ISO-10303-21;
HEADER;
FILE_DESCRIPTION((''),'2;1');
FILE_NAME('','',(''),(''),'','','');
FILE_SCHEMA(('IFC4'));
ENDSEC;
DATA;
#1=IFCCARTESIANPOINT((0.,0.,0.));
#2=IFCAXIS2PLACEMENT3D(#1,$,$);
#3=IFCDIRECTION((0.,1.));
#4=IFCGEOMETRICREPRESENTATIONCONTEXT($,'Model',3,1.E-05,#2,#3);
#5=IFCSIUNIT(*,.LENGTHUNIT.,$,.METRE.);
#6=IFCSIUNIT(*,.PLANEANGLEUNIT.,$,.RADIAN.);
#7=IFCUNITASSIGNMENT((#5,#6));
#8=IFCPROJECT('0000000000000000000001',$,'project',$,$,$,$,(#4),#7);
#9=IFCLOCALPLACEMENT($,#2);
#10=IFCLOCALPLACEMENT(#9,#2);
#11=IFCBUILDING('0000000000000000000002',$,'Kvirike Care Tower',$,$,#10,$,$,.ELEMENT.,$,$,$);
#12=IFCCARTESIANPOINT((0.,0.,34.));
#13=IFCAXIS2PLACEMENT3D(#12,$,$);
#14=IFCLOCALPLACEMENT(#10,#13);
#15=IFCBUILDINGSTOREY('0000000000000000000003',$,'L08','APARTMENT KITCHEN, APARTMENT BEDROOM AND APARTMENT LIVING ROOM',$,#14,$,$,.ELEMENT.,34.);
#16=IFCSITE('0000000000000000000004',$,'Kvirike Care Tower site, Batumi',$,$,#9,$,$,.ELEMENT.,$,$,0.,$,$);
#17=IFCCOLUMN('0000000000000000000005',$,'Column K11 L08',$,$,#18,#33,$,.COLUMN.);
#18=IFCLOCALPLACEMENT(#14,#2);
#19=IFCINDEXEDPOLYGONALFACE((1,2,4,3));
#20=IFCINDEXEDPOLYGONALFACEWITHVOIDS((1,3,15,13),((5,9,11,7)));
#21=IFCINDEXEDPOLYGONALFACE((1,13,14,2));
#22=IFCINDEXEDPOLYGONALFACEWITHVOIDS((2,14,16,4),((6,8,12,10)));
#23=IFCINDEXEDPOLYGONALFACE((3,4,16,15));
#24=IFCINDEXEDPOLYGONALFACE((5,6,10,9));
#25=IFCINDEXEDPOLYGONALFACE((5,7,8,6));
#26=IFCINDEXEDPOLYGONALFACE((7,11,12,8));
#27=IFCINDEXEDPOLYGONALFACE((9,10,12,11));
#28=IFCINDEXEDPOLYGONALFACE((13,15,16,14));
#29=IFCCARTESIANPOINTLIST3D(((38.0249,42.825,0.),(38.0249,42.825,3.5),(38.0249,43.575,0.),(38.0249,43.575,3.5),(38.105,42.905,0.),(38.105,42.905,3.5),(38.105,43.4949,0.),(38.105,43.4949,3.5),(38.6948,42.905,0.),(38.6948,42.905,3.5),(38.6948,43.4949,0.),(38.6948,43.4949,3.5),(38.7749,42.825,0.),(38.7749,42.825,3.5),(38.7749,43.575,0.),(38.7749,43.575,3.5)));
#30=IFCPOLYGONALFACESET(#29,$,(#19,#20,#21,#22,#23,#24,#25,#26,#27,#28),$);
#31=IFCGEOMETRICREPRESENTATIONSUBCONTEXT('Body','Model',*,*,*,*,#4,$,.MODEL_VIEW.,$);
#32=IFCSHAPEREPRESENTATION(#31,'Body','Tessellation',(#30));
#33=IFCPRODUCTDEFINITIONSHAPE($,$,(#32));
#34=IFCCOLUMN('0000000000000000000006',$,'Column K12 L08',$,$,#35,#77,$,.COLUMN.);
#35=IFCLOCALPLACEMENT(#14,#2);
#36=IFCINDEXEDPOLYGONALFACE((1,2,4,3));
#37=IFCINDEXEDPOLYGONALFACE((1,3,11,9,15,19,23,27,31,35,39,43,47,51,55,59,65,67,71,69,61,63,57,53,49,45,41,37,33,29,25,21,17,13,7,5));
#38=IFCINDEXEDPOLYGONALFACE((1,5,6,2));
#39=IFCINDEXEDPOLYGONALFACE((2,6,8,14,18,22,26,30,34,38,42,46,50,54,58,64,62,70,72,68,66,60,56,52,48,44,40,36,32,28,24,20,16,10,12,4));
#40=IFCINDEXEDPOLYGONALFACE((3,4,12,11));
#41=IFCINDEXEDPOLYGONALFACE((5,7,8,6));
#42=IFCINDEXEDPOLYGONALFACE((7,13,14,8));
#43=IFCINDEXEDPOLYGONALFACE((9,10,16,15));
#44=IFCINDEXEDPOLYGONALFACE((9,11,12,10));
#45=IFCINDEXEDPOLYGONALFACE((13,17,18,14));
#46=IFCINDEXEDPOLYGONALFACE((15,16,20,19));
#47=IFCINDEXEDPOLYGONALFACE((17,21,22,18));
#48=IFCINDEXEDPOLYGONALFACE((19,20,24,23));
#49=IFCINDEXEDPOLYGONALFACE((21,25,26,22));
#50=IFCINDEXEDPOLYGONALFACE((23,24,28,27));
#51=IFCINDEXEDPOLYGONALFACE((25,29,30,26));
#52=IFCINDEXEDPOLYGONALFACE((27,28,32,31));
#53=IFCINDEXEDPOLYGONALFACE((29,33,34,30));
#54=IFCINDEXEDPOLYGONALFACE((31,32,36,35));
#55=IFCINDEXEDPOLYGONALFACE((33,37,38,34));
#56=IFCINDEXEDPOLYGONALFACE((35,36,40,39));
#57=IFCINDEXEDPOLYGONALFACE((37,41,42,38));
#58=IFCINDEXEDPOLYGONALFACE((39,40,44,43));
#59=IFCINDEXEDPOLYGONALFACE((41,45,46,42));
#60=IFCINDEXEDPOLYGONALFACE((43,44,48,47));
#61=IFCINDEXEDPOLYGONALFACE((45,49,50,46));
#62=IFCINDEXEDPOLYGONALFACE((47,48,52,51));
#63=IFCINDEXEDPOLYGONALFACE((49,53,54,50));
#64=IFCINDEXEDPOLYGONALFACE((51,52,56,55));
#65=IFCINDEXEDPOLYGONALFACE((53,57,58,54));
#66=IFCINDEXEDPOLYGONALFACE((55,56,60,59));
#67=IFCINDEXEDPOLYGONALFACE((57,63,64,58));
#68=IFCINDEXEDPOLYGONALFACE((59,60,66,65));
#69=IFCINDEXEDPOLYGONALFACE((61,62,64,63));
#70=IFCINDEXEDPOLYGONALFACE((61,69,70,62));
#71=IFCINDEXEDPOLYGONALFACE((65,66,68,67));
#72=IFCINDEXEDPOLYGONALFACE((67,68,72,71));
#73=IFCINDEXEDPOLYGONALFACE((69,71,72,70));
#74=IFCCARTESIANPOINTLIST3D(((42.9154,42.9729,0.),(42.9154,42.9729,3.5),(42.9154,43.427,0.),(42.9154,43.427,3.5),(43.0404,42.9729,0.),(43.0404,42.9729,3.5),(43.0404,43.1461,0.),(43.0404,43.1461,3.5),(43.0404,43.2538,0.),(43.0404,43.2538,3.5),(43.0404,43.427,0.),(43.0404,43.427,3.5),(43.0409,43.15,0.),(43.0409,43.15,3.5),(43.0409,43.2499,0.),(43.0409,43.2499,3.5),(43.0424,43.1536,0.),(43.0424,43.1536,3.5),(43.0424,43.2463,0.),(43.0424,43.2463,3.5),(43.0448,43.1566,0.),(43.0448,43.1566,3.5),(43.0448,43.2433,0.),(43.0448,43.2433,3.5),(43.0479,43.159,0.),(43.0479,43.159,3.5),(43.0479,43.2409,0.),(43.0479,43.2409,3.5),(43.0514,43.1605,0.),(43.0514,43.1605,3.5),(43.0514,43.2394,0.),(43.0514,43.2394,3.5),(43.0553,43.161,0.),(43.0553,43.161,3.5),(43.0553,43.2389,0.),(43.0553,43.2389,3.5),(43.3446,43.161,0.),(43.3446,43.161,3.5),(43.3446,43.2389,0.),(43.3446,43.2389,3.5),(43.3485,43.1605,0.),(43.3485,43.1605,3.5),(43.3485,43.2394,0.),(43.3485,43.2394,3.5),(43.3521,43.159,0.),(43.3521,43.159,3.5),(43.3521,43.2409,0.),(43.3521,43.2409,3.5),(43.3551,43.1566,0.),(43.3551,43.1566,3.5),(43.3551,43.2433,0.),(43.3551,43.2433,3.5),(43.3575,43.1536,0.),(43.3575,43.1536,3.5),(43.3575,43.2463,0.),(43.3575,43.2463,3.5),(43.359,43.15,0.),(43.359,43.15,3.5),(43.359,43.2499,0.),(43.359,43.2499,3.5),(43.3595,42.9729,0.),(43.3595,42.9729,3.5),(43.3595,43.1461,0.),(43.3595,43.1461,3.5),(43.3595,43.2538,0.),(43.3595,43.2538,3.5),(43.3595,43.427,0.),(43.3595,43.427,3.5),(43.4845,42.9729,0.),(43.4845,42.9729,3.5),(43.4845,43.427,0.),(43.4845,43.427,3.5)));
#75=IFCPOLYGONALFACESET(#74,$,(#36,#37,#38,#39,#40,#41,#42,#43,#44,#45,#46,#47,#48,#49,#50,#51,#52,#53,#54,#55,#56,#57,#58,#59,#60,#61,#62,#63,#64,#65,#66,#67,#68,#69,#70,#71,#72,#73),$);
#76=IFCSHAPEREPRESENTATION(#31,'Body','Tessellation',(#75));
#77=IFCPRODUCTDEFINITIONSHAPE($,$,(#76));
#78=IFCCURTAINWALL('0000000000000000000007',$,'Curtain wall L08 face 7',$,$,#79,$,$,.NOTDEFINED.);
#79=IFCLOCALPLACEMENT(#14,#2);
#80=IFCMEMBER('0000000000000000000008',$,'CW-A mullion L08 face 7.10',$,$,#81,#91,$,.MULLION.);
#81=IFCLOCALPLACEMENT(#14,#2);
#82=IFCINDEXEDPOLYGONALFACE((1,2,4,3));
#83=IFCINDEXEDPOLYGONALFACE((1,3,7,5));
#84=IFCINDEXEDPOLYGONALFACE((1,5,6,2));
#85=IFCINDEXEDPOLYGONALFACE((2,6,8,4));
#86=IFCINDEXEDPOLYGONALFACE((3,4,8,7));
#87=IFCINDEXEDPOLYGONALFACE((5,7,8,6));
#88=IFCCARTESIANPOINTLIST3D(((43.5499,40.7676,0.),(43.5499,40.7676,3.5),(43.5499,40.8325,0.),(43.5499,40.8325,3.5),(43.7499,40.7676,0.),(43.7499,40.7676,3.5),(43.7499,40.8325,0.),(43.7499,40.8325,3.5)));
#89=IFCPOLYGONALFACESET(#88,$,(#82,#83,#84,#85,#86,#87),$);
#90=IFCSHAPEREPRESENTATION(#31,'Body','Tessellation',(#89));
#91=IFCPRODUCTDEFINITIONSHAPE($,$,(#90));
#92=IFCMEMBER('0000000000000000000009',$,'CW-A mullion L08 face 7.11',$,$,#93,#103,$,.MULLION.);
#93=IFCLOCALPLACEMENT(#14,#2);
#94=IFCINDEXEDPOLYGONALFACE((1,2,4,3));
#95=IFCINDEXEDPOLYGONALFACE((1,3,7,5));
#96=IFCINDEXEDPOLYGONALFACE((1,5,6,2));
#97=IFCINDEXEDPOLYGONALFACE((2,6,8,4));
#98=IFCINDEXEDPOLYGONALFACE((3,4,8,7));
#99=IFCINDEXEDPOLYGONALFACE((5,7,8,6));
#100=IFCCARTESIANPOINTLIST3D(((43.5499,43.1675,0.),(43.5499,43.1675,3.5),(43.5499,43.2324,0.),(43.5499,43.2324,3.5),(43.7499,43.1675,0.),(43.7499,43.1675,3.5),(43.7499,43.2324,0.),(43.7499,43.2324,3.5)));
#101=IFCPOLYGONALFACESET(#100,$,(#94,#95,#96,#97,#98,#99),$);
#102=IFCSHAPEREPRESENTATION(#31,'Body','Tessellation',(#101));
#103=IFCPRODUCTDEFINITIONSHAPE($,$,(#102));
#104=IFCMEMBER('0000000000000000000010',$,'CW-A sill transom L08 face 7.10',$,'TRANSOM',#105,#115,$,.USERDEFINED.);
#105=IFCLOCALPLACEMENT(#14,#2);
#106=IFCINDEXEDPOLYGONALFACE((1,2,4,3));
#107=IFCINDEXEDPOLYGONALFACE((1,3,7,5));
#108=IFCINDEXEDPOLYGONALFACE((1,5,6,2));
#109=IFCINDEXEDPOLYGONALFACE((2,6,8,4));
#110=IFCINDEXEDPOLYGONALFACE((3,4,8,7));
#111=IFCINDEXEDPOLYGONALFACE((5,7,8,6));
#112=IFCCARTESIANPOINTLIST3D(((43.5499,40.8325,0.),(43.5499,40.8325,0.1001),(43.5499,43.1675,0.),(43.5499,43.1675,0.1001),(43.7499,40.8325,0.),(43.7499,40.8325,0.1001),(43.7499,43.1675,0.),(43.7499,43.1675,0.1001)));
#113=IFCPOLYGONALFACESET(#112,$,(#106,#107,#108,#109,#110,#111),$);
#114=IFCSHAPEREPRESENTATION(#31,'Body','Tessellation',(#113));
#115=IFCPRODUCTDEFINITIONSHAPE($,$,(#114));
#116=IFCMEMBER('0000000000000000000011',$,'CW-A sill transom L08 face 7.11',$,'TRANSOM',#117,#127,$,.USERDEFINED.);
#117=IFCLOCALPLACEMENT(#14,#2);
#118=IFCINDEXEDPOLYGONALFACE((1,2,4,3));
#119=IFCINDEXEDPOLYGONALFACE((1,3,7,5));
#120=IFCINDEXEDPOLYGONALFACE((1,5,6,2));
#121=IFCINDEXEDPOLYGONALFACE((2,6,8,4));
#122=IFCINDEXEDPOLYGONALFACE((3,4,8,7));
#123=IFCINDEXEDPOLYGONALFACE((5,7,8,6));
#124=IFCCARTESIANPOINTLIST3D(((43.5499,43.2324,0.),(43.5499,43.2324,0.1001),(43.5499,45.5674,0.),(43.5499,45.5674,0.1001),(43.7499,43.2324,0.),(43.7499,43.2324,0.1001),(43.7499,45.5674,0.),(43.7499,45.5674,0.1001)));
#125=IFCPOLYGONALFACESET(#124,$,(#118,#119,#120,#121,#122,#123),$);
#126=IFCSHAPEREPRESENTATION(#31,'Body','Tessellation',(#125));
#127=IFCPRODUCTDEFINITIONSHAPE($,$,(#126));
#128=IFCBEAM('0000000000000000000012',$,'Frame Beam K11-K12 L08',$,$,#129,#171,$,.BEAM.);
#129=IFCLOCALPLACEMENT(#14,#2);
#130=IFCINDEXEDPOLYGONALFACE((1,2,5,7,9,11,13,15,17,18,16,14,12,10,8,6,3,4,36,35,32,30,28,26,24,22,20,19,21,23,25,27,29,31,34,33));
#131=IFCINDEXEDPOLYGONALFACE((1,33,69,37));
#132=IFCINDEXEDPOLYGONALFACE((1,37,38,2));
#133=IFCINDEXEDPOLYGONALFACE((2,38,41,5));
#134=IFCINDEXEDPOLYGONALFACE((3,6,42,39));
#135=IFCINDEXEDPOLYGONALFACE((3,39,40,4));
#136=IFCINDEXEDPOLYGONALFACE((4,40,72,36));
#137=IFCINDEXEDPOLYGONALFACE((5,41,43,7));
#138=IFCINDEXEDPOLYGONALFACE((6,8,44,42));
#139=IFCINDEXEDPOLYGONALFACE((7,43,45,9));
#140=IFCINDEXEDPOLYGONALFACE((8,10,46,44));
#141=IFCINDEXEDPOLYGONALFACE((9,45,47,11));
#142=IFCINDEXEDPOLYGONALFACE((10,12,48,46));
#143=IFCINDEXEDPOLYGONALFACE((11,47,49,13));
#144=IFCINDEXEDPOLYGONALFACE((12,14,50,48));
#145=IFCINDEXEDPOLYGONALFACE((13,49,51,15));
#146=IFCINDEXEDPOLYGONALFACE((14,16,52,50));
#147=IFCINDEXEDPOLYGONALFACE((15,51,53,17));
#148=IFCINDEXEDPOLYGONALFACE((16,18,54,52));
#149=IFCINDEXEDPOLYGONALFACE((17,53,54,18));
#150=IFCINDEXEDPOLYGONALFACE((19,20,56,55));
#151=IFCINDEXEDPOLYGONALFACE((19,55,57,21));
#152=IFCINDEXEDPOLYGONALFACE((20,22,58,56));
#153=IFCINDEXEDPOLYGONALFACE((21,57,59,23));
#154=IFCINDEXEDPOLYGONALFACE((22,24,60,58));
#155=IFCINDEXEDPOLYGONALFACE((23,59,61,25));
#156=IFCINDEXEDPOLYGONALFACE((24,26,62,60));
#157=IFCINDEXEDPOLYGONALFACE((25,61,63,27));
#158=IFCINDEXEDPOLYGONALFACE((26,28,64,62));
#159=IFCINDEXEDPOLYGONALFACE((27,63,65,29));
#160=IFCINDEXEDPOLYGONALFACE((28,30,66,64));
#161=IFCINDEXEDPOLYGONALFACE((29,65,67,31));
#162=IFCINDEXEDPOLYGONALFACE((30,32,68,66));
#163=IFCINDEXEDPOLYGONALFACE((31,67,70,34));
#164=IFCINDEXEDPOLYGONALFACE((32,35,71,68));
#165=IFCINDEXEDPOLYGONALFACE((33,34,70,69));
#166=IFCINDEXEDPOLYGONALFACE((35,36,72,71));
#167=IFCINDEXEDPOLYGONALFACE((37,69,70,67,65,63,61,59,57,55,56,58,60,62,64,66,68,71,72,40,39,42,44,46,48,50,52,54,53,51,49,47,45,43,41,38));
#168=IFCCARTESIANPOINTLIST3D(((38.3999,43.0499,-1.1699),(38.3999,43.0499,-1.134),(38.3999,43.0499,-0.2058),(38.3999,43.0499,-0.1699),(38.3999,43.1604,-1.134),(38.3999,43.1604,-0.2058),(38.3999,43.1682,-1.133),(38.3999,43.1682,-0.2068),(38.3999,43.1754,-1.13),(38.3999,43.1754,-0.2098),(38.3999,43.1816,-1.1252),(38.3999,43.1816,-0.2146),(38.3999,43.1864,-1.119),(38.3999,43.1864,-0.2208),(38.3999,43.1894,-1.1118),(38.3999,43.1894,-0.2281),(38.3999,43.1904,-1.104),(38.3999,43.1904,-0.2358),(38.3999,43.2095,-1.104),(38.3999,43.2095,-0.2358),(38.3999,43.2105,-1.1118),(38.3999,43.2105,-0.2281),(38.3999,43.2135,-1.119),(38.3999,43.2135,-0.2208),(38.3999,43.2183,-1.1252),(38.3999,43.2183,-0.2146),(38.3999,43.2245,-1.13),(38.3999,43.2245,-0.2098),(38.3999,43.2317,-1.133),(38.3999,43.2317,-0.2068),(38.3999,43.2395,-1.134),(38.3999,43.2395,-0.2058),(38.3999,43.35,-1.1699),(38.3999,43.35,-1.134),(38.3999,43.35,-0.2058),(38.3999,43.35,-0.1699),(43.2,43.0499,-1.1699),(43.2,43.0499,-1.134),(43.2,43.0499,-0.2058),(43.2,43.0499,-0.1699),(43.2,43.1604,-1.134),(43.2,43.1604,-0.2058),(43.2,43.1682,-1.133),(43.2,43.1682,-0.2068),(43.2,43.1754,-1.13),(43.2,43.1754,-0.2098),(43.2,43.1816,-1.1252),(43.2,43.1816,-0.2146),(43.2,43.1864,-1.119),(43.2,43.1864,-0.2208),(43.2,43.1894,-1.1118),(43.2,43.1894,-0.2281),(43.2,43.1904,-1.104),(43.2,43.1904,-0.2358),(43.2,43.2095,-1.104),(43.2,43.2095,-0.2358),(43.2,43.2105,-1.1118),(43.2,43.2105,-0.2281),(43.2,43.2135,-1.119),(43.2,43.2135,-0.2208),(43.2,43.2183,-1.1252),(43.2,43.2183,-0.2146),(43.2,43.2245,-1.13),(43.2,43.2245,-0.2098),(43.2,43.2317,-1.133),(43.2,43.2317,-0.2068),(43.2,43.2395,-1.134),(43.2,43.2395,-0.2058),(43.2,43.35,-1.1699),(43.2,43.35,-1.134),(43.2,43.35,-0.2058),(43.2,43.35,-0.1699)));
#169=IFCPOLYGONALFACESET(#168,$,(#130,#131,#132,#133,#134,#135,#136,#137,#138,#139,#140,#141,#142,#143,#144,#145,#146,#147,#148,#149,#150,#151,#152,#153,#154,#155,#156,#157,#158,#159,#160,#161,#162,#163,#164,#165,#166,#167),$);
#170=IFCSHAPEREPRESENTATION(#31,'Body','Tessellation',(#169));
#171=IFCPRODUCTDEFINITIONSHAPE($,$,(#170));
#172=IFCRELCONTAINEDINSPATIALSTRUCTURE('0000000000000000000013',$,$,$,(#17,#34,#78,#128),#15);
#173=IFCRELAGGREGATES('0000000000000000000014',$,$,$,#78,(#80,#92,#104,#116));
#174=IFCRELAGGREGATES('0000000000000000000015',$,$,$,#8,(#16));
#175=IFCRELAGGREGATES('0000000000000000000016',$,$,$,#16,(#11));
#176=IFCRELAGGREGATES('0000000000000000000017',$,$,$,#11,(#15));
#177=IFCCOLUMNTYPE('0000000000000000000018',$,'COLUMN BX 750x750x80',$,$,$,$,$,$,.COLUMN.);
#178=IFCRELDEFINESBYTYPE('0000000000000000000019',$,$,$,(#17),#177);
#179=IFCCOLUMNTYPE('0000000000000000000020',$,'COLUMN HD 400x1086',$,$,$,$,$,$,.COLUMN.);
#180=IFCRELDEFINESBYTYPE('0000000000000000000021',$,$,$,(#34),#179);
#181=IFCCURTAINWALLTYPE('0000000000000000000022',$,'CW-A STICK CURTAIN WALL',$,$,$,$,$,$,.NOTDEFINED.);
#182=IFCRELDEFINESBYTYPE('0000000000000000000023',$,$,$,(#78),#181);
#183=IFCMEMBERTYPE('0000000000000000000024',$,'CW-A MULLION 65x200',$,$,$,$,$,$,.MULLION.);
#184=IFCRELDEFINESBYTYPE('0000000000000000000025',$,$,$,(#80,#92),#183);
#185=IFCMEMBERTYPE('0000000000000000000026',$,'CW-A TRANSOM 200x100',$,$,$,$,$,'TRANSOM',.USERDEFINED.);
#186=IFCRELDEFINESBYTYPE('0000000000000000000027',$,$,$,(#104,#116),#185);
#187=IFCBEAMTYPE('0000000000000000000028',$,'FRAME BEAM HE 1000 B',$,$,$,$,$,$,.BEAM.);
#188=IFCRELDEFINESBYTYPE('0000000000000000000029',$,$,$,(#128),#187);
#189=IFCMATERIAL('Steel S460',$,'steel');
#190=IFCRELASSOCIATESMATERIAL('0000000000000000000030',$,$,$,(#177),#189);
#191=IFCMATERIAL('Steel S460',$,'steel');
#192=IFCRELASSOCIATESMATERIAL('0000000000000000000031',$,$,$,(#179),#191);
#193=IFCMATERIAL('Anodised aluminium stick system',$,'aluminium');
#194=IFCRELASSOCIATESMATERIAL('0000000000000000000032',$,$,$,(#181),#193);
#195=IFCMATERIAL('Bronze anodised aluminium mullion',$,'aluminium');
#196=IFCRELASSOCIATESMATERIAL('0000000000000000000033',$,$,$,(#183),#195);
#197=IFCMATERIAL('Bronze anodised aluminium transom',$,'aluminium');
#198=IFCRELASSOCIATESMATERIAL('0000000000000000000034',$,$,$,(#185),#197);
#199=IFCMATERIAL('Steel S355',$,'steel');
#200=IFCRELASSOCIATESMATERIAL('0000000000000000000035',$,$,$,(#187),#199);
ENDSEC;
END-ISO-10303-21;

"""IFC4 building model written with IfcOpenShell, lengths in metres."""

from ifc_helpers import new_model, si_unit, direction, frame, origin, origin_2d, place, context, subcontext, project, spatial, rectangle, hollow_rectangle, i_section, extrude, material, material_profile, profile_set, type_object, element, aggregate, save


model = new_model("IFC4")

# Units and contexts
model_context = context("Model", 3, precision=1e-05, world=origin(), true_north=direction((0.0, 1.0)))
body_context = subcontext(model_context, "Body", "Model", "MODEL_VIEW")
ifc_project = project(units=[si_unit("LENGTHUNIT", "METRE"), si_unit("PLANEANGLEUNIT", "RADIAN")], contexts=[model_context])

# Site, building, storey
site_placement = place(None, origin())
site = spatial("IfcSite", under=ifc_project, at=site_placement, Name="Kvirike Care Tower site, Batumi", CompositionType="ELEMENT", RefElevation=0.0)
building_placement = place(site_placement, origin())
building = spatial("IfcBuilding", under=site, at=building_placement, Name="Kvirike Care Tower", CompositionType="ELEMENT")
storey_placement = place(building_placement, frame((0.0, 0.0, 34.0)))
storey = spatial("IfcBuildingStorey", under=building, at=storey_placement, Name="L08", Description="APARTMENT KITCHEN, APARTMENT BEDROOM AND APARTMENT LIVING ROOM", CompositionType="ELEMENT", Elevation=34.0)

# Columns
ifc_material_1 = material(Name="Steel S460", Category="steel")
ifc_material_profile_1 = material_profile(ifc_material_1, hollow_rectangle(XDim=0.75, YDim=0.75, WallThickness=0.0801, at=origin_2d()), Name="BX 750x750x80")
ifc_profile_set_1 = profile_set([ifc_material_profile_1], Name="Steel S460")
column_type_1 = type_object("IfcColumnType", Name="COLUMN BX 750x750x80", PredefinedType="COLUMN", material=ifc_profile_set_1)
column_1_placement = place(storey_placement, frame((38.3999, 43.2, 0.0), z_axis=(0.0, 0.0, 1.0), x_axis=(0.0, 1.0, 0.0)))
element("IfcColumn", 1, at=column_1_placement, inside=storey, type_object=column_type_1, Name="Column K11 L08", PredefinedType="COLUMN", context=body_context, shape_type="SweptSolid", body=[
    extrude(hollow_rectangle(XDim=0.75, YDim=0.75, WallThickness=0.0801, at=origin_2d()), origin(), (0.0, 0.0, 1.0), 3.5),
])
ifc_material_2 = material(Name="Steel S460", Category="steel")
ifc_material_profile_2 = material_profile(ifc_material_2, i_section(OverallWidth=0.4541, OverallDepth=0.5691, WebThickness=0.0779, FlangeThickness=0.125, FilletRadius=0.0149, at=origin_2d()), Name="HD 400x1086")
ifc_profile_set_2 = profile_set([ifc_material_profile_2], Name="Steel S460")
column_type_2 = type_object("IfcColumnType", Name="COLUMN HD 400x1086", PredefinedType="COLUMN", material=ifc_profile_set_2)
column_2_placement = place(storey_placement, frame((43.2, 43.2, 0.0), z_axis=(0.0, 0.0, 1.0), x_axis=(0.0, 1.0, 0.0)))
element("IfcColumn", 2, at=column_2_placement, inside=storey, type_object=column_type_2, Name="Column K12 L08", PredefinedType="COLUMN", context=body_context, shape_type="SweptSolid", body=[
    extrude(i_section(OverallWidth=0.4541, OverallDepth=0.5691, WebThickness=0.0779, FlangeThickness=0.125, FilletRadius=0.0149, at=origin_2d()), origin(), (0.0, 0.0, 1.0), 3.5),
])

# Curtain wall, members
ifc_material_3 = material(Name="Anodised aluminium stick system", Category="aluminium")
curtain_wall_type = type_object("IfcCurtainWallType", Name="CW-A STICK CURTAIN WALL", PredefinedType="NOTDEFINED", material=ifc_material_3)
curtain_wall_placement = place(storey_placement, origin())
curtain_wall = element("IfcCurtainWall", 3, at=curtain_wall_placement, inside=storey, type_object=curtain_wall_type, Name="Curtain wall L08 face 7", PredefinedType="NOTDEFINED")
ifc_material_4 = material(Name="Bronze anodised aluminium mullion", Category="aluminium")
ifc_material_profile_3 = material_profile(ifc_material_4, rectangle(XDim=0.0649, YDim=0.2, at=origin_2d()), Name="CW-A MULLION 65x200")
ifc_profile_set_3 = profile_set([ifc_material_profile_3], Name="Bronze anodised aluminium mullion")
member_type_1 = type_object("IfcMemberType", Name="CW-A MULLION 65x200", PredefinedType="MULLION", material=ifc_profile_set_3)
member_1_placement = place(storey_placement, frame((43.6499, 40.8, 0.0), z_axis=(0.0, 0.0, 1.0), x_axis=(0.0, 1.0, 0.0)))
member_1 = element("IfcMember", 4, at=member_1_placement, type_object=member_type_1, Name="CW-A mullion L08 face 7.10", PredefinedType="MULLION", context=body_context, shape_type="SweptSolid", body=[
    extrude(rectangle(XDim=0.0649, YDim=0.2, at=origin_2d()), origin(), (0.0, 0.0, 1.0), 3.5),
])
member_2_placement = place(storey_placement, frame((43.6499, 43.2, 0.0), z_axis=(0.0, 0.0, 1.0), x_axis=(0.0, 1.0, 0.0)))
member_2 = element("IfcMember", 5, at=member_2_placement, type_object=member_type_1, Name="CW-A mullion L08 face 7.11", PredefinedType="MULLION", context=body_context, shape_type="SweptSolid", body=[
    extrude(rectangle(XDim=0.0649, YDim=0.2, at=origin_2d()), origin(), (0.0, 0.0, 1.0), 3.5),
])
ifc_material_5 = material(Name="Bronze anodised aluminium transom", Category="aluminium")
ifc_material_profile_4 = material_profile(ifc_material_5, rectangle(XDim=0.2, YDim=0.1001, at=origin_2d()), Name="CW-A TRANSOM 200x100")
ifc_profile_set_4 = profile_set([ifc_material_profile_4], Name="Bronze anodised aluminium transom")
member_type_2 = type_object("IfcMemberType", Name="CW-A TRANSOM 200x100", ElementType="TRANSOM", PredefinedType="USERDEFINED", material=ifc_profile_set_4)
member_3_placement = place(storey_placement, frame((43.6499, 40.8325, 0.05), z_axis=(0.0, 1.0, 0.0), x_axis=(-1.0, 0.0, 0.0)))
member_3 = element("IfcMember", 6, at=member_3_placement, type_object=member_type_2, Name="CW-A sill transom L08 face 7.10", ObjectType="TRANSOM", PredefinedType="USERDEFINED", context=body_context, shape_type="SweptSolid", body=[
    extrude(rectangle(XDim=0.2, YDim=0.1001, at=origin_2d()), origin(), (0.0, 0.0, 1.0), 2.335),
])
member_4_placement = place(storey_placement, frame((43.6499, 43.2324, 0.05), z_axis=(0.0, 1.0, 0.0), x_axis=(-1.0, 0.0, 0.0)))
member_4 = element("IfcMember", 7, at=member_4_placement, type_object=member_type_2, Name="CW-A sill transom L08 face 7.11", ObjectType="TRANSOM", PredefinedType="USERDEFINED", context=body_context, shape_type="SweptSolid", body=[
    extrude(rectangle(XDim=0.2, YDim=0.1001, at=origin_2d()), origin(), (0.0, 0.0, 1.0), 2.335),
])

# Beam
ifc_material_6 = material(Name="Steel S355", Category="steel")
ifc_material_profile_5 = material_profile(ifc_material_6, i_section(OverallWidth=0.3, OverallDepth=1.0, WebThickness=0.019, FlangeThickness=0.0359, FilletRadius=0.03, at=origin_2d()), Name="HE 1000 B")
ifc_profile_set_5 = profile_set([ifc_material_profile_5], Name="Steel S355")
beam_type_1 = type_object("IfcBeamType", Name="FRAME BEAM HE 1000 B", PredefinedType="BEAM", material=ifc_profile_set_5)
beam_1_placement = place(storey_placement, frame((38.3999, 43.2, -0.6699), z_axis=(1.0, 0.0, 0.0), x_axis=(0.0, 1.0, 0.0)))
element("IfcBeam", 8, at=beam_1_placement, inside=storey, type_object=beam_type_1, Name="Frame Beam K11-K12 L08", PredefinedType="BEAM", context=body_context, shape_type="SweptSolid", body=[
    extrude(i_section(OverallWidth=0.3, OverallDepth=1.0, WebThickness=0.019, FlangeThickness=0.0359, FilletRadius=0.03, at=origin_2d()), origin(), (0.0, 0.0, 1.0), 4.8),
])

aggregate(curtain_wall, [member_1, member_2, member_3, member_4])

save(model, "model.ifc")
